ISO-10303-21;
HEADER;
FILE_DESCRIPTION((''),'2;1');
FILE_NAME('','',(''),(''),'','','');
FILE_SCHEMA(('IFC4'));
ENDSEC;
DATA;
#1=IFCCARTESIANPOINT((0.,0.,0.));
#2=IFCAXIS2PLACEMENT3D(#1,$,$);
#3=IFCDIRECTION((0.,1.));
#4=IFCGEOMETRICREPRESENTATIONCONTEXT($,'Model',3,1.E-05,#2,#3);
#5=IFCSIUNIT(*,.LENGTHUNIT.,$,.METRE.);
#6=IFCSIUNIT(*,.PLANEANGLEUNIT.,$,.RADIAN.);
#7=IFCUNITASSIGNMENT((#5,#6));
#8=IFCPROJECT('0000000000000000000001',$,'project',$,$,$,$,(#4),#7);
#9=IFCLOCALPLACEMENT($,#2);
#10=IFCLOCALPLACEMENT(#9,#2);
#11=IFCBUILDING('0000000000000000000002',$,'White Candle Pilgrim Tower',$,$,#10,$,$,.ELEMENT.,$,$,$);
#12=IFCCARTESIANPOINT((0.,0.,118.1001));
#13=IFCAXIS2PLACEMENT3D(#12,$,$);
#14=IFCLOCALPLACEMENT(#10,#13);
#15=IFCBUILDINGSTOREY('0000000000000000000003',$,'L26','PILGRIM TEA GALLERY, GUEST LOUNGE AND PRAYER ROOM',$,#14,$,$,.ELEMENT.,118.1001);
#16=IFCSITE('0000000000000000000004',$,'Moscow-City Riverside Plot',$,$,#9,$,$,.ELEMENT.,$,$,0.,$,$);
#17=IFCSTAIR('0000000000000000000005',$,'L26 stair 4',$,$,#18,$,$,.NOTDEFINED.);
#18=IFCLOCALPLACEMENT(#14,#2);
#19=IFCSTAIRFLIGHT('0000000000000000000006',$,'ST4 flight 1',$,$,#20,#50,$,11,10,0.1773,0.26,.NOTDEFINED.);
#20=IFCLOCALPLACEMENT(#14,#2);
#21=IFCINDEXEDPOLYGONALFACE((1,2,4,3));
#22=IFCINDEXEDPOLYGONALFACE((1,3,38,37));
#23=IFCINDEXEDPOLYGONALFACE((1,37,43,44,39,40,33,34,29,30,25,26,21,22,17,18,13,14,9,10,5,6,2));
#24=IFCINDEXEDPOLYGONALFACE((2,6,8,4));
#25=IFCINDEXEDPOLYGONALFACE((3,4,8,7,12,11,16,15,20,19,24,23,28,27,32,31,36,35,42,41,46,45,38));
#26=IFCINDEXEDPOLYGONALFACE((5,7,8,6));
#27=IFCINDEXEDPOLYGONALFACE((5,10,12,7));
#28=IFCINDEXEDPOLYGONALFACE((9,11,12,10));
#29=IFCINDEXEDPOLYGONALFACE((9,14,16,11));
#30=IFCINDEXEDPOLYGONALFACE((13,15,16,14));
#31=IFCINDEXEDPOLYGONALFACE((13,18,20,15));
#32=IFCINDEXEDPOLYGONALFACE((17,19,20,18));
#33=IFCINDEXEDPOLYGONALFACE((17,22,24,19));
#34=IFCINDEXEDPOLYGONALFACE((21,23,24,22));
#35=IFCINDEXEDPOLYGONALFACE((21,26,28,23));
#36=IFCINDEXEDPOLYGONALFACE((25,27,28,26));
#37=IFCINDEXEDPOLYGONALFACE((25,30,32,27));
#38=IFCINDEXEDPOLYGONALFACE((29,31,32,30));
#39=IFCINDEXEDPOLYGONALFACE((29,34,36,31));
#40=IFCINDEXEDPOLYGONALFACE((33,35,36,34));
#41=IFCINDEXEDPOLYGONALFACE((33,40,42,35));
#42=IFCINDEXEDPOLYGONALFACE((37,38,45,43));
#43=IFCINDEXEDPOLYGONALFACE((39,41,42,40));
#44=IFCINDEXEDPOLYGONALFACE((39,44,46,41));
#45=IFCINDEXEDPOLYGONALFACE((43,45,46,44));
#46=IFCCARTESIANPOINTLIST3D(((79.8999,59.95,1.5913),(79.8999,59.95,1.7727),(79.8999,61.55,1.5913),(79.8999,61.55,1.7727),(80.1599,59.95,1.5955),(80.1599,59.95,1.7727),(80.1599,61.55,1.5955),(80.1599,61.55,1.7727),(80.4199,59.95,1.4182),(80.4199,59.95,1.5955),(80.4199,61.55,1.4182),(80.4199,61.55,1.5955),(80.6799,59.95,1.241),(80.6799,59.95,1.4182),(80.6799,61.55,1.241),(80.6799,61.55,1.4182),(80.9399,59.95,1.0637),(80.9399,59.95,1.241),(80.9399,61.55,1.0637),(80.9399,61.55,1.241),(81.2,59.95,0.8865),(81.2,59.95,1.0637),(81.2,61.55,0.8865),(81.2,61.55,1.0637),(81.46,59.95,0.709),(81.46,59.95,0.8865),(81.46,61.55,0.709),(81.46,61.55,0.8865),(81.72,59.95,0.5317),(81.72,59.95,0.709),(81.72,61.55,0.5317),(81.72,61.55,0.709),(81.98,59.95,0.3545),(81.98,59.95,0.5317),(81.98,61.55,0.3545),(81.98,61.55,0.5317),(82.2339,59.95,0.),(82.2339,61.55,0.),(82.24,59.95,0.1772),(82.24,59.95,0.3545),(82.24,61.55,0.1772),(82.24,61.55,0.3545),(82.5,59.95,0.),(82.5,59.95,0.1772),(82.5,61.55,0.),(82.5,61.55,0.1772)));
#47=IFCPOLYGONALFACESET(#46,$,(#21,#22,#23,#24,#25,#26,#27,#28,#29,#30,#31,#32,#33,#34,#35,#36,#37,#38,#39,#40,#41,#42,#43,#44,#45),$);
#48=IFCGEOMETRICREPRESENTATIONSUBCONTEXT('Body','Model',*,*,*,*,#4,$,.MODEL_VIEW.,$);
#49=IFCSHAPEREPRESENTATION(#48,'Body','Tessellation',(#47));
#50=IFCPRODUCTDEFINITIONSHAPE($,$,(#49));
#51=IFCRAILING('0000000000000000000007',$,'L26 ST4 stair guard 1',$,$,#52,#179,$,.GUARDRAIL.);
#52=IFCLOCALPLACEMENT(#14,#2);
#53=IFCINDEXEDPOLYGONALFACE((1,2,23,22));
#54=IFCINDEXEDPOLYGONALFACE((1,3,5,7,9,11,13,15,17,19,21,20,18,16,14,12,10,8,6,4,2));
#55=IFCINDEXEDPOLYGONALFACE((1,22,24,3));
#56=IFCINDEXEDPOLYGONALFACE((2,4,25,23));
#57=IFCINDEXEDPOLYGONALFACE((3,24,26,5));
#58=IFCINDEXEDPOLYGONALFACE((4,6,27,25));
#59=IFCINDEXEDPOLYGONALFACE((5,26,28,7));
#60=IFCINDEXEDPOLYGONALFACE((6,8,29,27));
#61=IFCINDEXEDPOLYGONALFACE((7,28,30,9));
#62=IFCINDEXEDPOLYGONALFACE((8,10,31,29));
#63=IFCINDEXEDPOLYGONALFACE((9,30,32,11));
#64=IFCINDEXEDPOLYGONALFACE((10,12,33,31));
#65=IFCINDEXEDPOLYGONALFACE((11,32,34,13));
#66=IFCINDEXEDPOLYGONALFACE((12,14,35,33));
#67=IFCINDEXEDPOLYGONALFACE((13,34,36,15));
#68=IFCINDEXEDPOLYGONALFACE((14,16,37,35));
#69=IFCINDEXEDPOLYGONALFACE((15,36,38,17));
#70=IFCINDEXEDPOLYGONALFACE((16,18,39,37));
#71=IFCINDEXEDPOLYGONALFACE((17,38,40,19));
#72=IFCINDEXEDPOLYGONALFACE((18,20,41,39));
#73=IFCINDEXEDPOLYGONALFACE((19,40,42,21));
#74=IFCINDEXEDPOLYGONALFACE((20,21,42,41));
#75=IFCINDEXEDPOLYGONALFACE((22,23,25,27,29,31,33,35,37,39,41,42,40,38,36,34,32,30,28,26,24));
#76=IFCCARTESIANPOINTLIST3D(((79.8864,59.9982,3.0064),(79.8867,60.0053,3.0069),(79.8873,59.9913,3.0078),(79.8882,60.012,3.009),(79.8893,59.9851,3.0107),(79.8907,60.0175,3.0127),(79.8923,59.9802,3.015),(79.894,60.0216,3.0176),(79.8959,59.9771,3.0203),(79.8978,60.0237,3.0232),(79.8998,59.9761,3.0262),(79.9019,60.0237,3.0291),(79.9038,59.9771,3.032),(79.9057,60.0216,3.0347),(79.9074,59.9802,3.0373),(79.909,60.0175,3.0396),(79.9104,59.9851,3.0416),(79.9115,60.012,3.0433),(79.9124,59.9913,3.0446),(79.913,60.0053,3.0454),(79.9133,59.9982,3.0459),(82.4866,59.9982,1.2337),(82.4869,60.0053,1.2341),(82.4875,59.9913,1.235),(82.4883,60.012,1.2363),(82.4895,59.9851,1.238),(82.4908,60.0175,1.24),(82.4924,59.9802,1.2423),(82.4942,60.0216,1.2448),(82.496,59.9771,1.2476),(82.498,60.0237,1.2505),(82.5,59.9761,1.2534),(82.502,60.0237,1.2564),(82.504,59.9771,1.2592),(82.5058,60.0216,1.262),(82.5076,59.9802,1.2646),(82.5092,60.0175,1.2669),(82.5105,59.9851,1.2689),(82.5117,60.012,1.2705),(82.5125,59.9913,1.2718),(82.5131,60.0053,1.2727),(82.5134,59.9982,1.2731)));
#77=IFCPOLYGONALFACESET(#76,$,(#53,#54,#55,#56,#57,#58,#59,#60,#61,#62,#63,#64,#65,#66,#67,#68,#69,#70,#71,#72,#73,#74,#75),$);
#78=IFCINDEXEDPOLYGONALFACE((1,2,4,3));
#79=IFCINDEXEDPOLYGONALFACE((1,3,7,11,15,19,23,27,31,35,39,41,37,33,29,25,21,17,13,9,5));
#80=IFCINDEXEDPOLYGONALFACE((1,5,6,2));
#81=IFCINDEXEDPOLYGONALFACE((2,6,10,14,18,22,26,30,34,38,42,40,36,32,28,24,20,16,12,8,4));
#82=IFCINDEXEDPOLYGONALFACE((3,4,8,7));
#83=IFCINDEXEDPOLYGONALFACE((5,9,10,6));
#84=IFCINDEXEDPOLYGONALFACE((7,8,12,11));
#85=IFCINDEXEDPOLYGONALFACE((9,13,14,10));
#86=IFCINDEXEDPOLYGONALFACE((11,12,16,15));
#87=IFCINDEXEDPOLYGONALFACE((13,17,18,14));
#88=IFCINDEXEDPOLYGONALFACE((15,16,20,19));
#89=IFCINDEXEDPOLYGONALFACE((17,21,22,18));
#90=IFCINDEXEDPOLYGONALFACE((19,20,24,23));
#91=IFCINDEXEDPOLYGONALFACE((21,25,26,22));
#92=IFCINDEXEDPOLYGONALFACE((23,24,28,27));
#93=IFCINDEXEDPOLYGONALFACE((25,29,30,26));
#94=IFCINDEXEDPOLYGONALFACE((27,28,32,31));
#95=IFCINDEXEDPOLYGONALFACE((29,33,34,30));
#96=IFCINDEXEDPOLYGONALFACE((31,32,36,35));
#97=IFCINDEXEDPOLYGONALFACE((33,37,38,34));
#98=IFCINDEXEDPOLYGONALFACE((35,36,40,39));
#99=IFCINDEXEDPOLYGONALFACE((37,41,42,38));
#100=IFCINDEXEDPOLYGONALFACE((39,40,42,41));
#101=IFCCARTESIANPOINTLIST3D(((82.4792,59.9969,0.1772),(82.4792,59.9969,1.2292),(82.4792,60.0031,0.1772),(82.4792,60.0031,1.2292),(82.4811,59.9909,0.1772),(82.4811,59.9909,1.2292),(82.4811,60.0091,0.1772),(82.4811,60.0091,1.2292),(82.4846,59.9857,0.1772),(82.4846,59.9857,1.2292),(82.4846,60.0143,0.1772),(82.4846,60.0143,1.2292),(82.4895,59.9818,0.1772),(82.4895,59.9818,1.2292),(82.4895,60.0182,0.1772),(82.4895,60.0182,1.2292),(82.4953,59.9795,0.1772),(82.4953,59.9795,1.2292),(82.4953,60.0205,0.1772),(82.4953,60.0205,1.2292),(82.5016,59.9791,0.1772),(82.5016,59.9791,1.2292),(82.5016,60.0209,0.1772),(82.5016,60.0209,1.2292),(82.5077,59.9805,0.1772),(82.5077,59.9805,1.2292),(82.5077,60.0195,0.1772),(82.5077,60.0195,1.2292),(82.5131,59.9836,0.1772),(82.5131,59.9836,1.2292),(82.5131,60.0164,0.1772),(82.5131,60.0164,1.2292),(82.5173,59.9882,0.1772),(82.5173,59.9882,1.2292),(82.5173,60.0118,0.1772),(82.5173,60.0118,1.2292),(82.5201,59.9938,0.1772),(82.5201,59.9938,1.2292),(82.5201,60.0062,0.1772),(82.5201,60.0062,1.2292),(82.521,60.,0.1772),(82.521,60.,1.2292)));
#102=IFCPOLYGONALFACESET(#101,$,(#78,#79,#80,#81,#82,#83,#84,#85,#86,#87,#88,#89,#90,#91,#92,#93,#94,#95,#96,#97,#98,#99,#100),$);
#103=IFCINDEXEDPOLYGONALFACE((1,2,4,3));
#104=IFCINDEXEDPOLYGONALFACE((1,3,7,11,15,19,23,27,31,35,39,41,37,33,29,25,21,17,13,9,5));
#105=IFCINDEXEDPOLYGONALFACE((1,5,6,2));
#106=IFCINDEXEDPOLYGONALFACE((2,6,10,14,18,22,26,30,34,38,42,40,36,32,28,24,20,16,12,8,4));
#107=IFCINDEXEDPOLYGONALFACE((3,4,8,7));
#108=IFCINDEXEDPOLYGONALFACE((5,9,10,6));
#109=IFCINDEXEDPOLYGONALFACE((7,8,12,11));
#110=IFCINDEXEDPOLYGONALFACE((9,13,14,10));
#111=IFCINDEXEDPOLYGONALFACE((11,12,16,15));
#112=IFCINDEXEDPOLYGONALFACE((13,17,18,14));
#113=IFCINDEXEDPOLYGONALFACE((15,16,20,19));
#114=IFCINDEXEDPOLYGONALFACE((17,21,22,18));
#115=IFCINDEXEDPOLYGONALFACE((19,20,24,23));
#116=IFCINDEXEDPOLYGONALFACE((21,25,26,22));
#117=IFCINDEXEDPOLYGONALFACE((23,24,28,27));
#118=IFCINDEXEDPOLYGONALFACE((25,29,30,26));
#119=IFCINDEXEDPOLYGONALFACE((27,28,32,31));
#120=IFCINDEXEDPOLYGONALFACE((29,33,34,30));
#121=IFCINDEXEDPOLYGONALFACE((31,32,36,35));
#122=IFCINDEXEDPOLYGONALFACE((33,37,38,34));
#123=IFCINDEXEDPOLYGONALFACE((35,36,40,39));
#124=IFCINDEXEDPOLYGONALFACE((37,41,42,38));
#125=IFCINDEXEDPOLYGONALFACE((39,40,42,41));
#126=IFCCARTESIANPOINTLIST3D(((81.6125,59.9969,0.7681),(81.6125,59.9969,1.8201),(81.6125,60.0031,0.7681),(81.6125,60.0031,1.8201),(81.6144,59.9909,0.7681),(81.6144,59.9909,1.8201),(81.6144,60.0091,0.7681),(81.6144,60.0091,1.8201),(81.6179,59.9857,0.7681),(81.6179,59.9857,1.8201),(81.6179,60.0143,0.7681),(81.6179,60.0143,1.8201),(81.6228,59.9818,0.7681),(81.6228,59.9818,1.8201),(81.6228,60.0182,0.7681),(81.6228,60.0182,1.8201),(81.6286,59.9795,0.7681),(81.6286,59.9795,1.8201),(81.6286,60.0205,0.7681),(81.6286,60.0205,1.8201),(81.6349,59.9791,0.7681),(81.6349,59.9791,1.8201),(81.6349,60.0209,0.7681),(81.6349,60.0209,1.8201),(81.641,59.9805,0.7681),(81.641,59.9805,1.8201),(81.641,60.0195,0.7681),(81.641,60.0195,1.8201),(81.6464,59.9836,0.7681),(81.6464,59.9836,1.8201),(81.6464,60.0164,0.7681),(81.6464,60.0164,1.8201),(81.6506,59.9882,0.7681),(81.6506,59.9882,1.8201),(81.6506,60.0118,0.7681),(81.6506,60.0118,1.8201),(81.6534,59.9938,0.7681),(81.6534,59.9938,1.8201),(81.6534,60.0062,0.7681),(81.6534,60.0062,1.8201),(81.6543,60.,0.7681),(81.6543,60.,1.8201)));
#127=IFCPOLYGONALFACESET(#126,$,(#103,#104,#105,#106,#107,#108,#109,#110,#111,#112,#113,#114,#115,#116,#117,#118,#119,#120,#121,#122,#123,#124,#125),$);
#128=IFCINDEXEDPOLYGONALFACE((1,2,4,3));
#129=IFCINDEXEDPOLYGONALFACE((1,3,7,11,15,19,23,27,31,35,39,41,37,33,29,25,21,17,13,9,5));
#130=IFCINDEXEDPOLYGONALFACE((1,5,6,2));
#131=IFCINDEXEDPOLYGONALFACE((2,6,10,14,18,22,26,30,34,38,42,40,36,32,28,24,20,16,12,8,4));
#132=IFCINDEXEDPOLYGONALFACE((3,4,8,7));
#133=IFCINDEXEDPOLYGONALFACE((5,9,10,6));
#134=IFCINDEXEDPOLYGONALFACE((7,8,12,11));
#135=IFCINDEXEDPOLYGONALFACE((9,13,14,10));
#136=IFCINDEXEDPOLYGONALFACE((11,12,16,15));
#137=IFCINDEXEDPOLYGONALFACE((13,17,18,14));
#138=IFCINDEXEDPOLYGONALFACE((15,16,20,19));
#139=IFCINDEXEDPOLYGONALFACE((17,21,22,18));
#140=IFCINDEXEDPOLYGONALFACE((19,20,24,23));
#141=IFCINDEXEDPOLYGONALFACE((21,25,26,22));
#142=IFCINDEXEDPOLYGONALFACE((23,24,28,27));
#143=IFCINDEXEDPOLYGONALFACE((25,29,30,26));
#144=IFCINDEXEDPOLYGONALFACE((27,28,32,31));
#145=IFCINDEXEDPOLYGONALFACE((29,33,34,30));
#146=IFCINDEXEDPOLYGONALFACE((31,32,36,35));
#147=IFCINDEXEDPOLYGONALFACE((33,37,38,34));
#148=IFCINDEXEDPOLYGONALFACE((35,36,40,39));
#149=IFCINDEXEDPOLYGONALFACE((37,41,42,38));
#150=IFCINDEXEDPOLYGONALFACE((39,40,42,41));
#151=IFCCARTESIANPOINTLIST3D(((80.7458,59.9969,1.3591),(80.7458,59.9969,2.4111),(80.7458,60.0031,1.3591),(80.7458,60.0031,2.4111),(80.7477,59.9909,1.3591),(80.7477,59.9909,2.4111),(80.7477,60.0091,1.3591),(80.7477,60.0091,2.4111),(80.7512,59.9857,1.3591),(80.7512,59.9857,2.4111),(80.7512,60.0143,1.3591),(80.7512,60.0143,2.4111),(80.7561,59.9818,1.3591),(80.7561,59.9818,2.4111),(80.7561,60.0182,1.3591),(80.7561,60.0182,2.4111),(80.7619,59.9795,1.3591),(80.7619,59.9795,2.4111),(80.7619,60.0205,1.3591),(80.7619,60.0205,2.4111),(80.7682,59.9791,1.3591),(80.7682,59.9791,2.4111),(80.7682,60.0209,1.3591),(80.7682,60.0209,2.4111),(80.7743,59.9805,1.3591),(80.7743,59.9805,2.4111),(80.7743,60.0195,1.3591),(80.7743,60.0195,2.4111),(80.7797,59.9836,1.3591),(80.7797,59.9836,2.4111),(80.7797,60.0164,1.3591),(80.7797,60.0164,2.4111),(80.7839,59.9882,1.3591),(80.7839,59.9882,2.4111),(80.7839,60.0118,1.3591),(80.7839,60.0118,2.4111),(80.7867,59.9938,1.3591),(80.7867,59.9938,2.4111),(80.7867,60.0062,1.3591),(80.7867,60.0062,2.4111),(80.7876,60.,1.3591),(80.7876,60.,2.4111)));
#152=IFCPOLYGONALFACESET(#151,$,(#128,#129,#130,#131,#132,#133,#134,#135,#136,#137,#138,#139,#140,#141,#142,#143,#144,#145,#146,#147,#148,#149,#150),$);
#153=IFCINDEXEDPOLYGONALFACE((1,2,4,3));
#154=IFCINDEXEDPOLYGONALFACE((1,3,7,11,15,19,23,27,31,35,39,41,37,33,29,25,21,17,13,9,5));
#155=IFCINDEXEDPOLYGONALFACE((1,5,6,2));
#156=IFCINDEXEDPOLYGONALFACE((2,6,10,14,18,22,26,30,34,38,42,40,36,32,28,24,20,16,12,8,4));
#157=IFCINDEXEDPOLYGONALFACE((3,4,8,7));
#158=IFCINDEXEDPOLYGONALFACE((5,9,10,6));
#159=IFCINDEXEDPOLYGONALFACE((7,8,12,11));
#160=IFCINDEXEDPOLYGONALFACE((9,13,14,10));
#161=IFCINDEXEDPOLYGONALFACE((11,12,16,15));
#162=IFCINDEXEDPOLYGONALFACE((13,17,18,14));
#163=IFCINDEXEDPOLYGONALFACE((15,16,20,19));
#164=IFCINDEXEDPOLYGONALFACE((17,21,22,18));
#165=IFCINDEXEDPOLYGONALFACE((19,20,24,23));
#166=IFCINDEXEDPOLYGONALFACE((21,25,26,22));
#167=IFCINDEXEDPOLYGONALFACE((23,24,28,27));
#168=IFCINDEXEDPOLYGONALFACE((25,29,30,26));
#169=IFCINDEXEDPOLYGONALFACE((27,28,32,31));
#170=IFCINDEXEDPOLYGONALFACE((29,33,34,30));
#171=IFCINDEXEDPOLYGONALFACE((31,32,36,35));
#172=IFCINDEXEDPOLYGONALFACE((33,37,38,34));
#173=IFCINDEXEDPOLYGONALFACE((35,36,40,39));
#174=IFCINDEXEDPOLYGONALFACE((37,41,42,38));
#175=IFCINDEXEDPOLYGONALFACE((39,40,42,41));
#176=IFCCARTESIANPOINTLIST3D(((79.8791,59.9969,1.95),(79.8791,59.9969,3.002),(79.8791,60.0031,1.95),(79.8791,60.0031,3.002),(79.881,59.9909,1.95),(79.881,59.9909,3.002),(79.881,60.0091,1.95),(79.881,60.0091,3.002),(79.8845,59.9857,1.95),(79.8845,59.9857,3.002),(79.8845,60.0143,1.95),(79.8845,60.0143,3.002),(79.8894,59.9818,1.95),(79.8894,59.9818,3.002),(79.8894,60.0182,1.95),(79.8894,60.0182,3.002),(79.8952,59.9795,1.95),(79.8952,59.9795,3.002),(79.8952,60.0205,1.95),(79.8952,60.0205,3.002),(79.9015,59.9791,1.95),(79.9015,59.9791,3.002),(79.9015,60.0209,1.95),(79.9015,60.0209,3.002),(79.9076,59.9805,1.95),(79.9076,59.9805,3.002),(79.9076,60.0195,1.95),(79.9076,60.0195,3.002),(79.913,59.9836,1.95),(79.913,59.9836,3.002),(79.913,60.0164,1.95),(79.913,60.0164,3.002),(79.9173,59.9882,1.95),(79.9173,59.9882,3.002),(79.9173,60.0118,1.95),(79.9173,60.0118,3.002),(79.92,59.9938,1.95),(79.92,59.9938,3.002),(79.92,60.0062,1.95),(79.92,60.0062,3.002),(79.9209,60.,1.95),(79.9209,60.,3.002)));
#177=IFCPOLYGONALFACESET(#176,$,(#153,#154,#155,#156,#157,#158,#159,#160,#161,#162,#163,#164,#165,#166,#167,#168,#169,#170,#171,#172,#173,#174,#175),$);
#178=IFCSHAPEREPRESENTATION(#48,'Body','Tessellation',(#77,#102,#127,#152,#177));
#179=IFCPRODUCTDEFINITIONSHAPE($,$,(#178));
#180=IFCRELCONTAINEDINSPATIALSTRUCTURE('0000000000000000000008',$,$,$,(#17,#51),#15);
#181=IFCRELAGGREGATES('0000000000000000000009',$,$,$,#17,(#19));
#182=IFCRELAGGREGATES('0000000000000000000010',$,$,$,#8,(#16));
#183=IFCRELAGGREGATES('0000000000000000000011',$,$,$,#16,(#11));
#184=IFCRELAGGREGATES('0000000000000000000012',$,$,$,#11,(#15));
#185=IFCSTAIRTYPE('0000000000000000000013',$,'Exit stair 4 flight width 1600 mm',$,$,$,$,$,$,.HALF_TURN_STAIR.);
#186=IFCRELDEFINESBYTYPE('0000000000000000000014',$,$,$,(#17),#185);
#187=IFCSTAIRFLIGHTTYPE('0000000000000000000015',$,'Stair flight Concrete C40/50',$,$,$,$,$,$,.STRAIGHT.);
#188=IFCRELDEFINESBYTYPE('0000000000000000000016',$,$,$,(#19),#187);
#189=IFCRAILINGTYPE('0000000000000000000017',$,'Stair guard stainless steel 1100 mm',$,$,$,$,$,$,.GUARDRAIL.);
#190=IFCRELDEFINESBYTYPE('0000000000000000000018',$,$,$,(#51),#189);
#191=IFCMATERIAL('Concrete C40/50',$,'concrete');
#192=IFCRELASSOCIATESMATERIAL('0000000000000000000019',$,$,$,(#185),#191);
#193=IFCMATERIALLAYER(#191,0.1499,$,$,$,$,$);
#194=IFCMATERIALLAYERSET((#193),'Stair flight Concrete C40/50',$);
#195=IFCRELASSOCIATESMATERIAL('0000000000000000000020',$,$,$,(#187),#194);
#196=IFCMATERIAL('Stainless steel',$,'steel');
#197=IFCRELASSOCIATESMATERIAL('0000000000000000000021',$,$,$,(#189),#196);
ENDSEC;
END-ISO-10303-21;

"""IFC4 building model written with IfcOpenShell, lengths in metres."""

from ifc_helpers import new_model, si_unit, direction, frame, origin, origin_2d, place, context, subcontext, project, spatial, polyline, circle, outline, extrude, material, layer, layer_set, type_object, element, aggregate, save


model = new_model("IFC4")

# Units and contexts
model_context = context("Model", 3, precision=1e-05, world=origin(), true_north=direction((0.0, 1.0)))
body_context = subcontext(model_context, "Body", "Model", "MODEL_VIEW")
ifc_project = project(units=[si_unit("LENGTHUNIT", "METRE"), si_unit("PLANEANGLEUNIT", "RADIAN")], contexts=[model_context])

# Site, building, storey
site_placement = place(None, origin())
site = spatial("IfcSite", under=ifc_project, at=site_placement, Name="Moscow-City Riverside Plot", CompositionType="ELEMENT", RefElevation=0.0)
building_placement = place(site_placement, origin())
building = spatial("IfcBuilding", under=site, at=building_placement, Name="White Candle Pilgrim Tower", CompositionType="ELEMENT")
storey_placement = place(building_placement, frame((0.0, 0.0, 118.1001)))
storey = spatial("IfcBuildingStorey", under=building, at=storey_placement, Name="L26", Description="PILGRIM TEA GALLERY, GUEST LOUNGE AND PRAYER ROOM", CompositionType="ELEMENT", Elevation=118.1001)

# Stair, stair flight
ifc_material_1 = material(Name="Concrete C40/50", Category="concrete")
stair_type = type_object("IfcStairType", Name="Exit stair 4 flight width 1600 mm", PredefinedType="HALF_TURN_STAIR", material=ifc_material_1)
stair_placement = place(storey_placement, origin())
stair = element("IfcStair", 1, at=stair_placement, inside=storey, type_object=stair_type, Name="L26 stair 4", PredefinedType="NOTDEFINED")
ifc_layer_1 = layer(ifc_material_1, 0.1499)
ifc_layer_set_1 = layer_set([ifc_layer_1], Name="Stair flight Concrete C40/50")
stair_flight_type = type_object("IfcStairFlightType", Name="Stair flight Concrete C40/50", PredefinedType="STRAIGHT", material=ifc_layer_set_1)
stair_flight_placement = place(storey_placement, frame((82.5, 60.75, 0.0), z_axis=(0.0, 0.0, 1.0), x_axis=(-1.0, 0.0, 0.0)))
stair_flight = element("IfcStairFlight", 2, at=stair_flight_placement, type_object=stair_flight_type, Name="ST4 flight 1", NumberOfRisers=11, NumberOfTreads=10, PredefinedType="NOTDEFINED", RiserHeight=0.1773, TreadLength=0.26, context=body_context, shape_type="SweptSolid", body=[
    extrude(outline(polyline([(0.0, 0.0), (0.0, 0.1772), (0.26, 0.1772), (0.26, 0.3545), (0.52, 0.3545), (0.52, 0.5317), (0.78, 0.5317), (0.78, 0.709), (1.04, 0.709), (1.04, 0.8865), (1.3, 0.8865), (1.3, 1.0637), (1.5601, 1.0637), (1.5601, 1.241), (1.8201, 1.241), (1.8201, 1.4182), (2.0801, 1.4182), (2.0801, 1.5955), (2.3401, 1.5955), (2.3401, 1.7727), (2.6001, 1.7727), (2.6001, 1.95), (2.6001, 1.5913), (0.2661, 0.0), (0.0, 0.0)])), frame((0.0, 0.8, 0.0), z_axis=(0.0, -1.0, 0.0), x_axis=(1.0, 0.0, 0.0)), (0.0, 0.0, 1.0), 1.6001),
])
aggregate(stair, [stair_flight])

# Railing
ifc_material_2 = material(Name="Stainless steel", Category="steel")
railing_type_1 = type_object("IfcRailingType", Name="Stair guard stainless steel 1100 mm", PredefinedType="GUARDRAIL", material=ifc_material_2)
railing_1_placement = place(storey_placement, frame((82.5, 60.0, 0.1772)))
element("IfcRailing", 3, at=railing_1_placement, inside=storey, type_object=railing_type_1, Name="L26 ST4 stair guard 1", PredefinedType="GUARDRAIL", context=body_context, shape_type="SweptSolid", body=[
    extrude(circle(Radius=0.0239, at=origin_2d()), frame((0.0, 0.0, 1.0762), z_axis=(-0.82624, 0.0, 0.563318), x_axis=(0.0, -1.0, 0.0)), (0.0, 0.0, 1.0), 3.147),
    extrude(circle(Radius=0.021, at=origin_2d()), origin(), (0.0, 0.0, 1.0), 1.052),
    extrude(circle(Radius=0.021, at=origin_2d()), frame((-0.8667, 0.0, 0.5908)), (0.0, 0.0, 1.0), 1.052),
    extrude(circle(Radius=0.021, at=origin_2d()), frame((-1.7334, 0.0, 1.1819)), (0.0, 0.0, 1.0), 1.052),
    extrude(circle(Radius=0.021, at=origin_2d()), frame((-2.6001, 0.0, 1.7727)), (0.0, 0.0, 1.0), 1.052),
])

save(model, "model.ifc")
